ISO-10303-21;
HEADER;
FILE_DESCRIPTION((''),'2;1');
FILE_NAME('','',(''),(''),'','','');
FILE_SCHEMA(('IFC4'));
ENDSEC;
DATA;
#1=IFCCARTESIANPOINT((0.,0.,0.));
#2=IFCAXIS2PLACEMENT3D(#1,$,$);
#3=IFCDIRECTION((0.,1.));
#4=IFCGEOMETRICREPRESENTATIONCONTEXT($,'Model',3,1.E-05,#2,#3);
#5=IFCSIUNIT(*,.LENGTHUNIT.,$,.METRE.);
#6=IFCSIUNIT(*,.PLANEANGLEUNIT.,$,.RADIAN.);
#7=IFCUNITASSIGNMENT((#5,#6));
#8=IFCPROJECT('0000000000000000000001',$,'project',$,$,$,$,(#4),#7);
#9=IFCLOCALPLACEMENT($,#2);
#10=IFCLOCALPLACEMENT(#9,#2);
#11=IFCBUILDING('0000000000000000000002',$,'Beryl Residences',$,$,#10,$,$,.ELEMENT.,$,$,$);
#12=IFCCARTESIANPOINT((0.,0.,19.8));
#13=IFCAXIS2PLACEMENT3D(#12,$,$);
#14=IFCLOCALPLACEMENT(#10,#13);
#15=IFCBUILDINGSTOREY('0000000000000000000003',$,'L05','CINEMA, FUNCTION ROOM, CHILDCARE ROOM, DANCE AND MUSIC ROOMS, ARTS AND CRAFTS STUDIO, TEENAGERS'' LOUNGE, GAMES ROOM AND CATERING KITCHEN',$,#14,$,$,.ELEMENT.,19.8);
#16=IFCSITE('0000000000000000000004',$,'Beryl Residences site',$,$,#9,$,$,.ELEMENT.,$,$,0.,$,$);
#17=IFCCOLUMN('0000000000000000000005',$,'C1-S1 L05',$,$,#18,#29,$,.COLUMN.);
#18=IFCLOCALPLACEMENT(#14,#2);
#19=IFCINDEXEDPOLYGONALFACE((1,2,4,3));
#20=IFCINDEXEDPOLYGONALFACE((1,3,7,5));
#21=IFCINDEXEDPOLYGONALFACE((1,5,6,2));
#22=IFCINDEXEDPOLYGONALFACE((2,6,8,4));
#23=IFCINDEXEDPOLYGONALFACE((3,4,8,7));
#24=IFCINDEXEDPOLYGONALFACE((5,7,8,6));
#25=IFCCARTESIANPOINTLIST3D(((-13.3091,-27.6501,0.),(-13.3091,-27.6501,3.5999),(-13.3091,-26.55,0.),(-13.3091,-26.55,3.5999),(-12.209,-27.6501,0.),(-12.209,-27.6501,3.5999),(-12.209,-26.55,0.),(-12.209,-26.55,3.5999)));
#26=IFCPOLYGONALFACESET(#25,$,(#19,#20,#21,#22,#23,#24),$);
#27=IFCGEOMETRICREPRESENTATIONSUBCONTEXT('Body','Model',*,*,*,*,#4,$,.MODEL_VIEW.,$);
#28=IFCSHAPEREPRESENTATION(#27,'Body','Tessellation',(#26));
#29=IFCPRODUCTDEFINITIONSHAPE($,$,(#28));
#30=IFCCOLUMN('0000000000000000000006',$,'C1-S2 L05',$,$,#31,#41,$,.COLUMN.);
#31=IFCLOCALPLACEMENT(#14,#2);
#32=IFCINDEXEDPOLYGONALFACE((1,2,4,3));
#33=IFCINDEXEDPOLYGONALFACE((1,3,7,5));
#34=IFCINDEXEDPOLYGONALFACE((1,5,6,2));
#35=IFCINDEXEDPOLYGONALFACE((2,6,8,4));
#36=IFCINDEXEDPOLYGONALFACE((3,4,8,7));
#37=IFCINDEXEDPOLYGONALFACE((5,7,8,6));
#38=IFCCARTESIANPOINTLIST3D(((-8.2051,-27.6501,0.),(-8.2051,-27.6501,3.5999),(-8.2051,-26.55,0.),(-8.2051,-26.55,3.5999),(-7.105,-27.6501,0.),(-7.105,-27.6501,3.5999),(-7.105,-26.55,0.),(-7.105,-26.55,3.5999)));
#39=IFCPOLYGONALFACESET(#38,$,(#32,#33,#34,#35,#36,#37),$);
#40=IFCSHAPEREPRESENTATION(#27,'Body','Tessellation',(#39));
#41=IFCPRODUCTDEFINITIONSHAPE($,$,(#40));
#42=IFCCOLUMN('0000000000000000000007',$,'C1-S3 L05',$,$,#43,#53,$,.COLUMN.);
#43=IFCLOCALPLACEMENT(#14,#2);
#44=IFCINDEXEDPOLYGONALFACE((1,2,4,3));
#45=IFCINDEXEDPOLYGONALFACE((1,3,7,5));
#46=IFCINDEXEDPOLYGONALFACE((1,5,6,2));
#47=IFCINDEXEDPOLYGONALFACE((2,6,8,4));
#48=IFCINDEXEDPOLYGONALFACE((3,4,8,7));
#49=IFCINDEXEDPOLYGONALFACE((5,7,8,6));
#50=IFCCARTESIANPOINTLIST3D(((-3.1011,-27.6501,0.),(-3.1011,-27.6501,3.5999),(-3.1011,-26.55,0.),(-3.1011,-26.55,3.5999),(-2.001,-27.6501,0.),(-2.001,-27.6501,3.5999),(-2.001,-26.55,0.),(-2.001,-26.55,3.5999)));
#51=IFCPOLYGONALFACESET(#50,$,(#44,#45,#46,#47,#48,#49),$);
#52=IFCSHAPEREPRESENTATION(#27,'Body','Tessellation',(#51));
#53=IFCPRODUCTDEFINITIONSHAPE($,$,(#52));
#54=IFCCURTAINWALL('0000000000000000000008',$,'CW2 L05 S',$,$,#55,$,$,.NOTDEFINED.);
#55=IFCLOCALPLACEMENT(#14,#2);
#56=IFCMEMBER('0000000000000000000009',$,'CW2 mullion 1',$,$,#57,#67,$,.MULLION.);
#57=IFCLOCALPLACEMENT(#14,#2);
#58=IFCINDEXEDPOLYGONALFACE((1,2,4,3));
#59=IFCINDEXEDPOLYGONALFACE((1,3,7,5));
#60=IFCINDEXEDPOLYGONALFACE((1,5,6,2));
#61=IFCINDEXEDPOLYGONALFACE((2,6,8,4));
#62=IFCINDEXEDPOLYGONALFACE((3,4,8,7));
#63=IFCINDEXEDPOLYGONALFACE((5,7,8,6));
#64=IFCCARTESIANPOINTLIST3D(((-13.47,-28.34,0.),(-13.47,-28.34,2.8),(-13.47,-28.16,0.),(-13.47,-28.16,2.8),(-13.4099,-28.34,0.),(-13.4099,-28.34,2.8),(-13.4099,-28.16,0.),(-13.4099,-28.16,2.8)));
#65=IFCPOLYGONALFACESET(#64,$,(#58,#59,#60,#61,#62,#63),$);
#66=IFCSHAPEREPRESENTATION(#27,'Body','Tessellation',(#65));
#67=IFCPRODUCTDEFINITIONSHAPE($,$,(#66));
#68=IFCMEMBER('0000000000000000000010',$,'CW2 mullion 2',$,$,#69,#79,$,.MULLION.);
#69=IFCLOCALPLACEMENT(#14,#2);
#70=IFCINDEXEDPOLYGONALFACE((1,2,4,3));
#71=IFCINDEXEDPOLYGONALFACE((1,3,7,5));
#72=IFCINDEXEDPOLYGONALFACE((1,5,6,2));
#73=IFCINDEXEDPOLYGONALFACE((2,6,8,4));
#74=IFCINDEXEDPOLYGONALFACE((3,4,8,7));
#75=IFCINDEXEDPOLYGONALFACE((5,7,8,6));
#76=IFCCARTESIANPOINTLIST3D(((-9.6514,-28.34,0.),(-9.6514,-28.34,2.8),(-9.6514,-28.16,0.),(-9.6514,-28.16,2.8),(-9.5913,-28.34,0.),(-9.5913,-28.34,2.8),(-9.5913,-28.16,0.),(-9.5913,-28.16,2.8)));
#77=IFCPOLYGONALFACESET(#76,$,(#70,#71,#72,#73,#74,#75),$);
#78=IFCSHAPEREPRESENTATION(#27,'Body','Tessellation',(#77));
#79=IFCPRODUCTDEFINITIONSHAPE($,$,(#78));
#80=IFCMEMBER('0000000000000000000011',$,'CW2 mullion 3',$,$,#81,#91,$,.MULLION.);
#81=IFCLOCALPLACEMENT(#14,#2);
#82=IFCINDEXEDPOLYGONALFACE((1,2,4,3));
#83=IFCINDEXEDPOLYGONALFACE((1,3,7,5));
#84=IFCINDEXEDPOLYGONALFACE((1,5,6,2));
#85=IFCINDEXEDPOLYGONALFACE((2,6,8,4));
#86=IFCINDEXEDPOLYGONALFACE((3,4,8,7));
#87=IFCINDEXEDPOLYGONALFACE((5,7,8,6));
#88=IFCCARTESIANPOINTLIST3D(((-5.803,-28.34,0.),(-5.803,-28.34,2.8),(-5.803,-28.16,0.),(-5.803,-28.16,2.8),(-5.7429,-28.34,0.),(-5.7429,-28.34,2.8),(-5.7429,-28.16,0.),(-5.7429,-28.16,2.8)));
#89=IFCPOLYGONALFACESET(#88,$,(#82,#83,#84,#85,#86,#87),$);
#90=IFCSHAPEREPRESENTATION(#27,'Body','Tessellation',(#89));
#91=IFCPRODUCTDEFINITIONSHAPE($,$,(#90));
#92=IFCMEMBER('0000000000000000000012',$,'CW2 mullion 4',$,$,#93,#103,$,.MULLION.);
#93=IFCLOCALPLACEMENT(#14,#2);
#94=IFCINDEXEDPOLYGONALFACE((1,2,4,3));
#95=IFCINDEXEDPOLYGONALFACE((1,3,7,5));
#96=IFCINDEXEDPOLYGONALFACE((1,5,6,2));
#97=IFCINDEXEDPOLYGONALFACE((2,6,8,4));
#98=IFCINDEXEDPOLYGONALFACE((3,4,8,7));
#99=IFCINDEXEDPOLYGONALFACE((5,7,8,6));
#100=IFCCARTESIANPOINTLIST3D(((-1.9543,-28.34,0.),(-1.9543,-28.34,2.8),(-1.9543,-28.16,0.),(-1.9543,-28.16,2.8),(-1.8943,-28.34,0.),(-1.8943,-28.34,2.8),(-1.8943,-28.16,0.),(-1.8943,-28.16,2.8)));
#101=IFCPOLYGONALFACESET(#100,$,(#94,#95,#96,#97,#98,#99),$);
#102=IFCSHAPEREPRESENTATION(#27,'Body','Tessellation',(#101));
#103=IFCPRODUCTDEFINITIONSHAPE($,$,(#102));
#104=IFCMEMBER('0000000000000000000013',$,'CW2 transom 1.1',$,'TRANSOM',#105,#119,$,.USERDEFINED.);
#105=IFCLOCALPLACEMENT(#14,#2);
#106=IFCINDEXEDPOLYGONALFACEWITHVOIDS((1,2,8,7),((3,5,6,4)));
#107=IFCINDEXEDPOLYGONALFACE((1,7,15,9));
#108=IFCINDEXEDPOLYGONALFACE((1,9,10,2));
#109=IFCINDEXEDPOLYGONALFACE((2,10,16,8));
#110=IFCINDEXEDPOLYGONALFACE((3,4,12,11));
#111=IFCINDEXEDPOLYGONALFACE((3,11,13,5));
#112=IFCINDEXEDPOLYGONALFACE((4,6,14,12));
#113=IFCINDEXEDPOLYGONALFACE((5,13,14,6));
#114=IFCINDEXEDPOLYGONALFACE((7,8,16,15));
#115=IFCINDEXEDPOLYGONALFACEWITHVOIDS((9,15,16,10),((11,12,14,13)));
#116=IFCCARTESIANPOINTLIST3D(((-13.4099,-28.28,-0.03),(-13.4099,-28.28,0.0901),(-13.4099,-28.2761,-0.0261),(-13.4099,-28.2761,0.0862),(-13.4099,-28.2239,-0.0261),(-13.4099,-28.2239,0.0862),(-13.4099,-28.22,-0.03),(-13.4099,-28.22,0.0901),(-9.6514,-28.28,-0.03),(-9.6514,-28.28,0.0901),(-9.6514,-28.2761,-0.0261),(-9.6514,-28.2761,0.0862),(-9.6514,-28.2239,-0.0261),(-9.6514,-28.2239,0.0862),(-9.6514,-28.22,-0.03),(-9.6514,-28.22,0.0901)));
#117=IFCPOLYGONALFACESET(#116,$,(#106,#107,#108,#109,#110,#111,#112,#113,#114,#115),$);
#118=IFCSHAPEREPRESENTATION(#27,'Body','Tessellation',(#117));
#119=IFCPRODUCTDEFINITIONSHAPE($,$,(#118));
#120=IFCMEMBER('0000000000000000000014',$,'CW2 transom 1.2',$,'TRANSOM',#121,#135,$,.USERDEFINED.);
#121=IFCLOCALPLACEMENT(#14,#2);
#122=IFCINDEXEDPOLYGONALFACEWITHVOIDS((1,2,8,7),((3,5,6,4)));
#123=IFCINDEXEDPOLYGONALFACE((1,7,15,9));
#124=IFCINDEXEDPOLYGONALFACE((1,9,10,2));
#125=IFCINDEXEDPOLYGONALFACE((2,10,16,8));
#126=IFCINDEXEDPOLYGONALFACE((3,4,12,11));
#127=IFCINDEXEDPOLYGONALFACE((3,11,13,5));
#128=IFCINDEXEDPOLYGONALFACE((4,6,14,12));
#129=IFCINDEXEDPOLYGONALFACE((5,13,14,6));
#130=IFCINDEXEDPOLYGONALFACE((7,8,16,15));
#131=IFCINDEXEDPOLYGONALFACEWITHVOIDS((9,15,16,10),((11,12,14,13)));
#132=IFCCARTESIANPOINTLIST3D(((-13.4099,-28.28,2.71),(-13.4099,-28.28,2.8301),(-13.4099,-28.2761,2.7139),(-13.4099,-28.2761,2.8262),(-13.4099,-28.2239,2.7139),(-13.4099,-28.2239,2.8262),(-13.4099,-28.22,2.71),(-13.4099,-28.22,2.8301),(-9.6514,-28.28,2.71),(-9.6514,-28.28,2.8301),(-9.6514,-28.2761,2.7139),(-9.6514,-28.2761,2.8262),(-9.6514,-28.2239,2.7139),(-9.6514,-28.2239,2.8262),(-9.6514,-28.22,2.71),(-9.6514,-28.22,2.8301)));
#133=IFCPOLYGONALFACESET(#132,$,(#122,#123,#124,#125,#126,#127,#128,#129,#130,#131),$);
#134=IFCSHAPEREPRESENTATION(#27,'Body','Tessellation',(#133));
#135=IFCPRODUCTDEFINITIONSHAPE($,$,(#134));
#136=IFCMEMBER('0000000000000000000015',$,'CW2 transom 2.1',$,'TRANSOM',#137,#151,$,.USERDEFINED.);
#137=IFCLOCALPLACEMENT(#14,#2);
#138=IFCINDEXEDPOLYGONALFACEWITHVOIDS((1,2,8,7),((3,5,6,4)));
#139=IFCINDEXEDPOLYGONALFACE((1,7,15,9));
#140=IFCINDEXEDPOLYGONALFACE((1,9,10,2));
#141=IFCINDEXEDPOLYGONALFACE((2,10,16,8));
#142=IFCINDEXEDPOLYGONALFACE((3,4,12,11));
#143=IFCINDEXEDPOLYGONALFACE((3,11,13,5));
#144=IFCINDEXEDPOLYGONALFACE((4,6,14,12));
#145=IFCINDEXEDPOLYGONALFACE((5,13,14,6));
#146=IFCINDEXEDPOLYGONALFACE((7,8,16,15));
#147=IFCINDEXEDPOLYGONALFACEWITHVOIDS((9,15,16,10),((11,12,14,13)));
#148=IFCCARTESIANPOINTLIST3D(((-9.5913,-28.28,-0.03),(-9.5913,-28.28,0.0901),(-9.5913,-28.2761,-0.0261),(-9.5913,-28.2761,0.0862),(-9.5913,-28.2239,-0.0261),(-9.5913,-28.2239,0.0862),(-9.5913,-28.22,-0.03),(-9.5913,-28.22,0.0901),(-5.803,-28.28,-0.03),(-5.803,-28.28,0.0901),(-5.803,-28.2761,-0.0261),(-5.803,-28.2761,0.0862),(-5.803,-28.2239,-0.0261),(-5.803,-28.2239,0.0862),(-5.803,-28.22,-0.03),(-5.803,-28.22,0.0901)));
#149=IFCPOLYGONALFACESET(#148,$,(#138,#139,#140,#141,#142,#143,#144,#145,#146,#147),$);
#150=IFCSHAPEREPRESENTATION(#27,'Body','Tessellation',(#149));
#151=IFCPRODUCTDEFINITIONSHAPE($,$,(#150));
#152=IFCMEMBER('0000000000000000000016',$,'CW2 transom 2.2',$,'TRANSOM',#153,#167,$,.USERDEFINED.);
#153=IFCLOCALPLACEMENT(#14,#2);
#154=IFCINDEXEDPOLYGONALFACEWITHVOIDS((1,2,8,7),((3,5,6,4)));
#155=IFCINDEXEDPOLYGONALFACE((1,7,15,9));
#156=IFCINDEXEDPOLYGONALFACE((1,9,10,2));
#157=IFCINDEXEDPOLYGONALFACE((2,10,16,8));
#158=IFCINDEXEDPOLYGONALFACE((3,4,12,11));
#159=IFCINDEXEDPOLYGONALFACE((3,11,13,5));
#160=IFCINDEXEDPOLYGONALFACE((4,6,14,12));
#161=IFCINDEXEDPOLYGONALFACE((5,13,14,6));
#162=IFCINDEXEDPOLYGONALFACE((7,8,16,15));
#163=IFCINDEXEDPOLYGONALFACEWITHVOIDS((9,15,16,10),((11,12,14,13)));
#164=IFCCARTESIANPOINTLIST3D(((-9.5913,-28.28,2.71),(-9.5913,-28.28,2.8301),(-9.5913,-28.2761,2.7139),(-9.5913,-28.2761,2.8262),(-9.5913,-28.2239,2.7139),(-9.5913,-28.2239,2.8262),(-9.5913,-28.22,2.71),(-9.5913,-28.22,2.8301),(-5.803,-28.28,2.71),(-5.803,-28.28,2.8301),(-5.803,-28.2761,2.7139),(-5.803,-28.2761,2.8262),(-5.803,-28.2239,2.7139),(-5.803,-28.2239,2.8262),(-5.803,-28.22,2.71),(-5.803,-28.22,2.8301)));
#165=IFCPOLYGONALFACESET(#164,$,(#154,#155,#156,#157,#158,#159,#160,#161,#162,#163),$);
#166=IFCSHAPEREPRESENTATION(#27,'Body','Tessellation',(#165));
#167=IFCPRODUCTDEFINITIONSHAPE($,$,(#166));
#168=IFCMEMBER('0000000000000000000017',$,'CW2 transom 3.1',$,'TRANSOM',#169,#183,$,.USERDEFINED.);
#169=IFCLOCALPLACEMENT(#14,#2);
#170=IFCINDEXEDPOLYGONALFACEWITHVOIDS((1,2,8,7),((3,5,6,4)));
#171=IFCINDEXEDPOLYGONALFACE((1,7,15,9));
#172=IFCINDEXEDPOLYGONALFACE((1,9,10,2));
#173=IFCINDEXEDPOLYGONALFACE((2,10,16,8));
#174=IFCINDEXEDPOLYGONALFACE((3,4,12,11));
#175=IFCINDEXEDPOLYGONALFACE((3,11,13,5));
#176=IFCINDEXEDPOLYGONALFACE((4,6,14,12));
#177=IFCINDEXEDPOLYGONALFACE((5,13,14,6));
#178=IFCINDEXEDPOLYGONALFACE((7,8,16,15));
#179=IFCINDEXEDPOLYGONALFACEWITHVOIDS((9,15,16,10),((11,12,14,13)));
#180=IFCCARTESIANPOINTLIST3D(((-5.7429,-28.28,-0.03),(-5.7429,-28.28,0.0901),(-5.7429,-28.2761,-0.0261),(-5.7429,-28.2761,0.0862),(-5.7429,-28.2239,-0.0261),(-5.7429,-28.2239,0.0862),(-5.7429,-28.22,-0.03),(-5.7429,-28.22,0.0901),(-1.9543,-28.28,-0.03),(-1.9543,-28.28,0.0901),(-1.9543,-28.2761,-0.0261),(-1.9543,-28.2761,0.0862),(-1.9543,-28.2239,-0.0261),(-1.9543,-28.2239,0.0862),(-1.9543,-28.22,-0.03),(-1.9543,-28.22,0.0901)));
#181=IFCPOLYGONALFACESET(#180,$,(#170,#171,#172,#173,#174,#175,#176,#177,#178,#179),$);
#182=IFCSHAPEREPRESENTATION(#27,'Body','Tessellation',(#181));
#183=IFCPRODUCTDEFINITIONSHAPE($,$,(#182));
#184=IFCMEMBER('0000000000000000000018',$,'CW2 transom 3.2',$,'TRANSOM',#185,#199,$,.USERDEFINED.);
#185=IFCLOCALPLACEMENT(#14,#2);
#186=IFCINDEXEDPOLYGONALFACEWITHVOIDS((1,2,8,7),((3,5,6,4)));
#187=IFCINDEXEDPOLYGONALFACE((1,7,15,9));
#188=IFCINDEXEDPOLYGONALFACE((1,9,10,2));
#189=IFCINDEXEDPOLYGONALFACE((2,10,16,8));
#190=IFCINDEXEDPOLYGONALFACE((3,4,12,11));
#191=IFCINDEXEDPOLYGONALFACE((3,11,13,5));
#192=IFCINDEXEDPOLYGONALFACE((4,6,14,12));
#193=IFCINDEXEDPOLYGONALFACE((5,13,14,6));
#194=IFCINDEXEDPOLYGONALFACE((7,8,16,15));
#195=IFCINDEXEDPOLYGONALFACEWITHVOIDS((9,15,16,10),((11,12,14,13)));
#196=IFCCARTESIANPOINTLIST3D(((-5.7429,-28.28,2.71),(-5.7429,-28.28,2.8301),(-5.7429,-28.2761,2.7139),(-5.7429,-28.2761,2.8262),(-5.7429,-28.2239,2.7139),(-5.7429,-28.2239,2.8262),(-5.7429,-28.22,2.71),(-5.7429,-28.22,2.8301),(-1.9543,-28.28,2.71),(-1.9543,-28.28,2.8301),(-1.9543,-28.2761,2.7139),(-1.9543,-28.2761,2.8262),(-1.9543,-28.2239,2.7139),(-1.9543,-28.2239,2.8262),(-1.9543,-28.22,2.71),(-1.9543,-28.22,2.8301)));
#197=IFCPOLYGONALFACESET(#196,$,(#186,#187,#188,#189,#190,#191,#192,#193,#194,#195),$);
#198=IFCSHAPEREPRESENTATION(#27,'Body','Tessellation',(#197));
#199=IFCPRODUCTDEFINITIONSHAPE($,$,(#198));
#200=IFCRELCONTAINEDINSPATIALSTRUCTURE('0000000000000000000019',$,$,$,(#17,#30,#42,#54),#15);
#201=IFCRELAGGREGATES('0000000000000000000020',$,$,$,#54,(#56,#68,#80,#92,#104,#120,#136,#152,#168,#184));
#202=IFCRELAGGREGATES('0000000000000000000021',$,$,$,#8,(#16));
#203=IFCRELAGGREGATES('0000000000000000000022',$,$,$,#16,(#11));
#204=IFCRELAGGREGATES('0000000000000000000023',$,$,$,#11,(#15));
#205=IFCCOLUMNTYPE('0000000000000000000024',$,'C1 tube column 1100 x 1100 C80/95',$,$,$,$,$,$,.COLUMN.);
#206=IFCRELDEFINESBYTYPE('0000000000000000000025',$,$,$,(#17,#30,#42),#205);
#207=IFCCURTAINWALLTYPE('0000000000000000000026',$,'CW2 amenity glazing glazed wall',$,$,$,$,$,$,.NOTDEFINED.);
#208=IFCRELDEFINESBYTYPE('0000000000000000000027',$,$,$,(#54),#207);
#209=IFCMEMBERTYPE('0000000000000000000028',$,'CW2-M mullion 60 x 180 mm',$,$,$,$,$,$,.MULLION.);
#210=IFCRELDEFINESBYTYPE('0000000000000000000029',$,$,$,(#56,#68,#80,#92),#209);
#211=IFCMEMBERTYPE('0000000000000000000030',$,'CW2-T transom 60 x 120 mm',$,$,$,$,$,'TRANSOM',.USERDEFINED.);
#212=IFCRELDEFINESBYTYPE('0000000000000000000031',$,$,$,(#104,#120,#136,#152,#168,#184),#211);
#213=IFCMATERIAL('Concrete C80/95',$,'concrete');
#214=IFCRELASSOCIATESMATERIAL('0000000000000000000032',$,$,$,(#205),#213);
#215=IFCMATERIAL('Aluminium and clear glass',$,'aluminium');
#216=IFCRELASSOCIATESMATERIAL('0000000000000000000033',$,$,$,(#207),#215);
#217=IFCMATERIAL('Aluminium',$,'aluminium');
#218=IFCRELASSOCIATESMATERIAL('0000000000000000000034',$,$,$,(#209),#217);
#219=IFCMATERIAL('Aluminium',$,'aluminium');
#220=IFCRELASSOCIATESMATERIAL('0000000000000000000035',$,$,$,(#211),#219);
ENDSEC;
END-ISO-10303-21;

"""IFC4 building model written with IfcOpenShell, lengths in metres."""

from ifc_helpers import new_model, si_unit, direction, frame, origin, origin_2d, place, context, subcontext, project, spatial, rectangle, hollow_rectangle, extrude, material, material_profile, profile_set, type_object, element, aggregate, save


model = new_model("IFC4")

# Units and contexts
model_context = context("Model", 3, precision=1e-05, world=origin(), true_north=direction((0.0, 1.0)))
body_context = subcontext(model_context, "Body", "Model", "MODEL_VIEW")
ifc_project = project(units=[si_unit("LENGTHUNIT", "METRE"), si_unit("PLANEANGLEUNIT", "RADIAN")], contexts=[model_context])

# Site, building, storey
site_placement = place(None, origin())
site = spatial("IfcSite", under=ifc_project, at=site_placement, Name="Beryl Residences site", CompositionType="ELEMENT", RefElevation=0.0)
building_placement = place(site_placement, origin())
building = spatial("IfcBuilding", under=site, at=building_placement, Name="Beryl Residences", CompositionType="ELEMENT")
storey_placement = place(building_placement, frame((0.0, 0.0, 19.8)))
storey = spatial("IfcBuildingStorey", under=building, at=storey_placement, Name="L05", Description="CINEMA, FUNCTION ROOM, CHILDCARE ROOM, DANCE AND MUSIC ROOMS, ARTS AND CRAFTS STUDIO, TEENAGERS' LOUNGE, GAMES ROOM AND CATERING KITCHEN", CompositionType="ELEMENT", Elevation=19.8)

# Columns
ifc_material_1 = material(Name="Concrete C80/95", Category="concrete")
ifc_material_profile_1 = material_profile(ifc_material_1, rectangle(XDim=1.1001, YDim=1.1001, at=origin_2d()))
ifc_profile_set_1 = profile_set([ifc_material_profile_1], Name="Concrete C80/95")
column_type = type_object("IfcColumnType", Name="C1 tube column 1100 x 1100 C80/95", PredefinedType="COLUMN", material=ifc_profile_set_1)
for number, where, z_axis, x_axis, name in (
    (1, (-12.759, -27.1001, 0.0), (0.0, 0.0, 1.0), (1.0, 0.0, 0.0), "C1-S1 L05"),
    (2, (-7.655, -27.1001, 0.0), (0.0, 0.0, 1.0), (1.0, 0.0, 0.0), "C1-S2 L05"),
    (3, (-2.551, -27.1001, 0.0), (0.0, 0.0, 1.0), (1.0, 0.0, 0.0), "C1-S3 L05"),
):
    element("IfcColumn", number, at=place(storey_placement, frame(where, z_axis=z_axis, x_axis=x_axis)), inside=storey, type_object=column_type, Name=name, PredefinedType="COLUMN", context=body_context, shape_type="SweptSolid", body=[
        extrude(rectangle(XDim=1.1001, YDim=1.1001, at=origin_2d()), origin(), (0.0, 0.0, 1.0), 3.5999),
    ])

# Curtain wall, members
ifc_material_2 = material(Name="Aluminium and clear glass", Category="aluminium")
curtain_wall_type = type_object("IfcCurtainWallType", Name="CW2 amenity glazing glazed wall", PredefinedType="NOTDEFINED", material=ifc_material_2)
curtain_wall_placement = place(storey_placement, origin())
curtain_wall = element("IfcCurtainWall", 4, at=curtain_wall_placement, inside=storey, type_object=curtain_wall_type, Name="CW2 L05 S", PredefinedType="NOTDEFINED")
ifc_material_3 = material(Name="Aluminium", Category="aluminium")
ifc_material_profile_2 = material_profile(ifc_material_3, rectangle(XDim=0.0601, YDim=0.1799, at=origin_2d()))
ifc_profile_set_2 = profile_set([ifc_material_profile_2], Name="Aluminium")
member_type_1 = type_object("IfcMemberType", Name="CW2-M mullion 60 x 180 mm", PredefinedType="MULLION", material=ifc_profile_set_2)
member_1_placement = place(storey_placement, frame((-13.4399, -28.25, 0.0), z_axis=(0.0, 0.0, 1.0), x_axis=(1.0, 0.0, 0.0)))
member_1 = element("IfcMember", 5, at=member_1_placement, type_object=member_type_1, Name="CW2 mullion 1", PredefinedType="MULLION", context=body_context, shape_type="SweptSolid", body=[
    extrude(rectangle(XDim=0.0601, YDim=0.1799, at=origin_2d()), origin(), (0.0, 0.0, 1.0), 2.8),
])
member_2_placement = place(storey_placement, frame((-9.6213, -28.25, 0.0), z_axis=(0.0, 0.0, 1.0), x_axis=(1.0, 0.0, 0.0)))
member_2 = element("IfcMember", 6, at=member_2_placement, type_object=member_type_1, Name="CW2 mullion 2", PredefinedType="MULLION", context=body_context, shape_type="SweptSolid", body=[
    extrude(rectangle(XDim=0.0601, YDim=0.1799, at=origin_2d()), origin(), (0.0, 0.0, 1.0), 2.8),
])
member_3_placement = place(storey_placement, frame((-5.7729, -28.25, 0.0), z_axis=(0.0, 0.0, 1.0), x_axis=(1.0, 0.0, 0.0)))
member_3 = element("IfcMember", 7, at=member_3_placement, type_object=member_type_1, Name="CW2 mullion 3", PredefinedType="MULLION", context=body_context, shape_type="SweptSolid", body=[
    extrude(rectangle(XDim=0.0601, YDim=0.1799, at=origin_2d()), origin(), (0.0, 0.0, 1.0), 2.8),
])
member_4_placement = place(storey_placement, frame((-1.9243, -28.25, 0.0), z_axis=(0.0, 0.0, 1.0), x_axis=(1.0, 0.0, 0.0)))
member_4 = element("IfcMember", 8, at=member_4_placement, type_object=member_type_1, Name="CW2 mullion 4", PredefinedType="MULLION", context=body_context, shape_type="SweptSolid", body=[
    extrude(rectangle(XDim=0.0601, YDim=0.1799, at=origin_2d()), origin(), (0.0, 0.0, 1.0), 2.8),
])
ifc_material_4 = material(Name="Aluminium", Category="aluminium")
ifc_material_profile_3 = material_profile(ifc_material_4, hollow_rectangle(XDim=0.0601, YDim=0.1201, WallThickness=0.0039, at=origin_2d()))
ifc_profile_set_3 = profile_set([ifc_material_profile_3], Name="Aluminium")
member_type_2 = type_object("IfcMemberType", Name="CW2-T transom 60 x 120 mm", ElementType="TRANSOM", PredefinedType="USERDEFINED", material=ifc_profile_set_3)
member_5_placement = place(storey_placement, frame((-13.4099, -28.25, 0.03), z_axis=(1.0, 0.0, 0.0), x_axis=(0.0, 1.0, 0.0)))
member_5 = element("IfcMember", 9, at=member_5_placement, type_object=member_type_2, Name="CW2 transom 1.1", ObjectType="TRANSOM", PredefinedType="USERDEFINED", context=body_context, shape_type="SweptSolid", body=[
    extrude(hollow_rectangle(XDim=0.0601, YDim=0.1201, WallThickness=0.0039, at=origin_2d()), origin(), (0.0, 0.0, 1.0), 3.7585),
])
member_6_placement = place(storey_placement, frame((-13.4099, -28.25, 2.77), z_axis=(1.0, 0.0, 0.0), x_axis=(0.0, 1.0, 0.0)))
member_6 = element("IfcMember", 10, at=member_6_placement, type_object=member_type_2, Name="CW2 transom 1.2", ObjectType="TRANSOM", PredefinedType="USERDEFINED", context=body_context, shape_type="SweptSolid", body=[
    extrude(hollow_rectangle(XDim=0.0601, YDim=0.1201, WallThickness=0.0039, at=origin_2d()), origin(), (0.0, 0.0, 1.0), 3.7585),
])
member_7_placement = place(storey_placement, frame((-9.5913, -28.25, 0.03), z_axis=(1.0, 0.0, 0.0), x_axis=(0.0, 1.0, 0.0)))
member_7 = element("IfcMember", 11, at=member_7_placement, type_object=member_type_2, Name="CW2 transom 2.1", ObjectType="TRANSOM", PredefinedType="USERDEFINED", context=body_context, shape_type="SweptSolid", body=[
    extrude(hollow_rectangle(XDim=0.0601, YDim=0.1201, WallThickness=0.0039, at=origin_2d()), origin(), (0.0, 0.0, 1.0), 3.7883),
])
member_8_placement = place(storey_placement, frame((-9.5913, -28.25, 2.77), z_axis=(1.0, 0.0, 0.0), x_axis=(0.0, 1.0, 0.0)))
member_8 = element("IfcMember", 12, at=member_8_placement, type_object=member_type_2, Name="CW2 transom 2.2", ObjectType="TRANSOM", PredefinedType="USERDEFINED", context=body_context, shape_type="SweptSolid", body=[
    extrude(hollow_rectangle(XDim=0.0601, YDim=0.1201, WallThickness=0.0039, at=origin_2d()), origin(), (0.0, 0.0, 1.0), 3.7883),
])
member_9_placement = place(storey_placement, frame((-5.7429, -28.25, 0.03), z_axis=(1.0, 0.0, 0.0), x_axis=(0.0, 1.0, 0.0)))
member_9 = element("IfcMember", 13, at=member_9_placement, type_object=member_type_2, Name="CW2 transom 3.1", ObjectType="TRANSOM", PredefinedType="USERDEFINED", context=body_context, shape_type="SweptSolid", body=[
    extrude(hollow_rectangle(XDim=0.0601, YDim=0.1201, WallThickness=0.0039, at=origin_2d()), origin(), (0.0, 0.0, 1.0), 3.7886),
])
member_10_placement = place(storey_placement, frame((-5.7429, -28.25, 2.77), z_axis=(1.0, 0.0, 0.0), x_axis=(0.0, 1.0, 0.0)))
member_10 = element("IfcMember", 14, at=member_10_placement, type_object=member_type_2, Name="CW2 transom 3.2", ObjectType="TRANSOM", PredefinedType="USERDEFINED", context=body_context, shape_type="SweptSolid", body=[
    extrude(hollow_rectangle(XDim=0.0601, YDim=0.1201, WallThickness=0.0039, at=origin_2d()), origin(), (0.0, 0.0, 1.0), 3.7886),
])

aggregate(curtain_wall, [member_1, member_2, member_3, member_4, member_5, member_6, member_7, member_8, member_9, member_10])

save(model, "model.ifc")
